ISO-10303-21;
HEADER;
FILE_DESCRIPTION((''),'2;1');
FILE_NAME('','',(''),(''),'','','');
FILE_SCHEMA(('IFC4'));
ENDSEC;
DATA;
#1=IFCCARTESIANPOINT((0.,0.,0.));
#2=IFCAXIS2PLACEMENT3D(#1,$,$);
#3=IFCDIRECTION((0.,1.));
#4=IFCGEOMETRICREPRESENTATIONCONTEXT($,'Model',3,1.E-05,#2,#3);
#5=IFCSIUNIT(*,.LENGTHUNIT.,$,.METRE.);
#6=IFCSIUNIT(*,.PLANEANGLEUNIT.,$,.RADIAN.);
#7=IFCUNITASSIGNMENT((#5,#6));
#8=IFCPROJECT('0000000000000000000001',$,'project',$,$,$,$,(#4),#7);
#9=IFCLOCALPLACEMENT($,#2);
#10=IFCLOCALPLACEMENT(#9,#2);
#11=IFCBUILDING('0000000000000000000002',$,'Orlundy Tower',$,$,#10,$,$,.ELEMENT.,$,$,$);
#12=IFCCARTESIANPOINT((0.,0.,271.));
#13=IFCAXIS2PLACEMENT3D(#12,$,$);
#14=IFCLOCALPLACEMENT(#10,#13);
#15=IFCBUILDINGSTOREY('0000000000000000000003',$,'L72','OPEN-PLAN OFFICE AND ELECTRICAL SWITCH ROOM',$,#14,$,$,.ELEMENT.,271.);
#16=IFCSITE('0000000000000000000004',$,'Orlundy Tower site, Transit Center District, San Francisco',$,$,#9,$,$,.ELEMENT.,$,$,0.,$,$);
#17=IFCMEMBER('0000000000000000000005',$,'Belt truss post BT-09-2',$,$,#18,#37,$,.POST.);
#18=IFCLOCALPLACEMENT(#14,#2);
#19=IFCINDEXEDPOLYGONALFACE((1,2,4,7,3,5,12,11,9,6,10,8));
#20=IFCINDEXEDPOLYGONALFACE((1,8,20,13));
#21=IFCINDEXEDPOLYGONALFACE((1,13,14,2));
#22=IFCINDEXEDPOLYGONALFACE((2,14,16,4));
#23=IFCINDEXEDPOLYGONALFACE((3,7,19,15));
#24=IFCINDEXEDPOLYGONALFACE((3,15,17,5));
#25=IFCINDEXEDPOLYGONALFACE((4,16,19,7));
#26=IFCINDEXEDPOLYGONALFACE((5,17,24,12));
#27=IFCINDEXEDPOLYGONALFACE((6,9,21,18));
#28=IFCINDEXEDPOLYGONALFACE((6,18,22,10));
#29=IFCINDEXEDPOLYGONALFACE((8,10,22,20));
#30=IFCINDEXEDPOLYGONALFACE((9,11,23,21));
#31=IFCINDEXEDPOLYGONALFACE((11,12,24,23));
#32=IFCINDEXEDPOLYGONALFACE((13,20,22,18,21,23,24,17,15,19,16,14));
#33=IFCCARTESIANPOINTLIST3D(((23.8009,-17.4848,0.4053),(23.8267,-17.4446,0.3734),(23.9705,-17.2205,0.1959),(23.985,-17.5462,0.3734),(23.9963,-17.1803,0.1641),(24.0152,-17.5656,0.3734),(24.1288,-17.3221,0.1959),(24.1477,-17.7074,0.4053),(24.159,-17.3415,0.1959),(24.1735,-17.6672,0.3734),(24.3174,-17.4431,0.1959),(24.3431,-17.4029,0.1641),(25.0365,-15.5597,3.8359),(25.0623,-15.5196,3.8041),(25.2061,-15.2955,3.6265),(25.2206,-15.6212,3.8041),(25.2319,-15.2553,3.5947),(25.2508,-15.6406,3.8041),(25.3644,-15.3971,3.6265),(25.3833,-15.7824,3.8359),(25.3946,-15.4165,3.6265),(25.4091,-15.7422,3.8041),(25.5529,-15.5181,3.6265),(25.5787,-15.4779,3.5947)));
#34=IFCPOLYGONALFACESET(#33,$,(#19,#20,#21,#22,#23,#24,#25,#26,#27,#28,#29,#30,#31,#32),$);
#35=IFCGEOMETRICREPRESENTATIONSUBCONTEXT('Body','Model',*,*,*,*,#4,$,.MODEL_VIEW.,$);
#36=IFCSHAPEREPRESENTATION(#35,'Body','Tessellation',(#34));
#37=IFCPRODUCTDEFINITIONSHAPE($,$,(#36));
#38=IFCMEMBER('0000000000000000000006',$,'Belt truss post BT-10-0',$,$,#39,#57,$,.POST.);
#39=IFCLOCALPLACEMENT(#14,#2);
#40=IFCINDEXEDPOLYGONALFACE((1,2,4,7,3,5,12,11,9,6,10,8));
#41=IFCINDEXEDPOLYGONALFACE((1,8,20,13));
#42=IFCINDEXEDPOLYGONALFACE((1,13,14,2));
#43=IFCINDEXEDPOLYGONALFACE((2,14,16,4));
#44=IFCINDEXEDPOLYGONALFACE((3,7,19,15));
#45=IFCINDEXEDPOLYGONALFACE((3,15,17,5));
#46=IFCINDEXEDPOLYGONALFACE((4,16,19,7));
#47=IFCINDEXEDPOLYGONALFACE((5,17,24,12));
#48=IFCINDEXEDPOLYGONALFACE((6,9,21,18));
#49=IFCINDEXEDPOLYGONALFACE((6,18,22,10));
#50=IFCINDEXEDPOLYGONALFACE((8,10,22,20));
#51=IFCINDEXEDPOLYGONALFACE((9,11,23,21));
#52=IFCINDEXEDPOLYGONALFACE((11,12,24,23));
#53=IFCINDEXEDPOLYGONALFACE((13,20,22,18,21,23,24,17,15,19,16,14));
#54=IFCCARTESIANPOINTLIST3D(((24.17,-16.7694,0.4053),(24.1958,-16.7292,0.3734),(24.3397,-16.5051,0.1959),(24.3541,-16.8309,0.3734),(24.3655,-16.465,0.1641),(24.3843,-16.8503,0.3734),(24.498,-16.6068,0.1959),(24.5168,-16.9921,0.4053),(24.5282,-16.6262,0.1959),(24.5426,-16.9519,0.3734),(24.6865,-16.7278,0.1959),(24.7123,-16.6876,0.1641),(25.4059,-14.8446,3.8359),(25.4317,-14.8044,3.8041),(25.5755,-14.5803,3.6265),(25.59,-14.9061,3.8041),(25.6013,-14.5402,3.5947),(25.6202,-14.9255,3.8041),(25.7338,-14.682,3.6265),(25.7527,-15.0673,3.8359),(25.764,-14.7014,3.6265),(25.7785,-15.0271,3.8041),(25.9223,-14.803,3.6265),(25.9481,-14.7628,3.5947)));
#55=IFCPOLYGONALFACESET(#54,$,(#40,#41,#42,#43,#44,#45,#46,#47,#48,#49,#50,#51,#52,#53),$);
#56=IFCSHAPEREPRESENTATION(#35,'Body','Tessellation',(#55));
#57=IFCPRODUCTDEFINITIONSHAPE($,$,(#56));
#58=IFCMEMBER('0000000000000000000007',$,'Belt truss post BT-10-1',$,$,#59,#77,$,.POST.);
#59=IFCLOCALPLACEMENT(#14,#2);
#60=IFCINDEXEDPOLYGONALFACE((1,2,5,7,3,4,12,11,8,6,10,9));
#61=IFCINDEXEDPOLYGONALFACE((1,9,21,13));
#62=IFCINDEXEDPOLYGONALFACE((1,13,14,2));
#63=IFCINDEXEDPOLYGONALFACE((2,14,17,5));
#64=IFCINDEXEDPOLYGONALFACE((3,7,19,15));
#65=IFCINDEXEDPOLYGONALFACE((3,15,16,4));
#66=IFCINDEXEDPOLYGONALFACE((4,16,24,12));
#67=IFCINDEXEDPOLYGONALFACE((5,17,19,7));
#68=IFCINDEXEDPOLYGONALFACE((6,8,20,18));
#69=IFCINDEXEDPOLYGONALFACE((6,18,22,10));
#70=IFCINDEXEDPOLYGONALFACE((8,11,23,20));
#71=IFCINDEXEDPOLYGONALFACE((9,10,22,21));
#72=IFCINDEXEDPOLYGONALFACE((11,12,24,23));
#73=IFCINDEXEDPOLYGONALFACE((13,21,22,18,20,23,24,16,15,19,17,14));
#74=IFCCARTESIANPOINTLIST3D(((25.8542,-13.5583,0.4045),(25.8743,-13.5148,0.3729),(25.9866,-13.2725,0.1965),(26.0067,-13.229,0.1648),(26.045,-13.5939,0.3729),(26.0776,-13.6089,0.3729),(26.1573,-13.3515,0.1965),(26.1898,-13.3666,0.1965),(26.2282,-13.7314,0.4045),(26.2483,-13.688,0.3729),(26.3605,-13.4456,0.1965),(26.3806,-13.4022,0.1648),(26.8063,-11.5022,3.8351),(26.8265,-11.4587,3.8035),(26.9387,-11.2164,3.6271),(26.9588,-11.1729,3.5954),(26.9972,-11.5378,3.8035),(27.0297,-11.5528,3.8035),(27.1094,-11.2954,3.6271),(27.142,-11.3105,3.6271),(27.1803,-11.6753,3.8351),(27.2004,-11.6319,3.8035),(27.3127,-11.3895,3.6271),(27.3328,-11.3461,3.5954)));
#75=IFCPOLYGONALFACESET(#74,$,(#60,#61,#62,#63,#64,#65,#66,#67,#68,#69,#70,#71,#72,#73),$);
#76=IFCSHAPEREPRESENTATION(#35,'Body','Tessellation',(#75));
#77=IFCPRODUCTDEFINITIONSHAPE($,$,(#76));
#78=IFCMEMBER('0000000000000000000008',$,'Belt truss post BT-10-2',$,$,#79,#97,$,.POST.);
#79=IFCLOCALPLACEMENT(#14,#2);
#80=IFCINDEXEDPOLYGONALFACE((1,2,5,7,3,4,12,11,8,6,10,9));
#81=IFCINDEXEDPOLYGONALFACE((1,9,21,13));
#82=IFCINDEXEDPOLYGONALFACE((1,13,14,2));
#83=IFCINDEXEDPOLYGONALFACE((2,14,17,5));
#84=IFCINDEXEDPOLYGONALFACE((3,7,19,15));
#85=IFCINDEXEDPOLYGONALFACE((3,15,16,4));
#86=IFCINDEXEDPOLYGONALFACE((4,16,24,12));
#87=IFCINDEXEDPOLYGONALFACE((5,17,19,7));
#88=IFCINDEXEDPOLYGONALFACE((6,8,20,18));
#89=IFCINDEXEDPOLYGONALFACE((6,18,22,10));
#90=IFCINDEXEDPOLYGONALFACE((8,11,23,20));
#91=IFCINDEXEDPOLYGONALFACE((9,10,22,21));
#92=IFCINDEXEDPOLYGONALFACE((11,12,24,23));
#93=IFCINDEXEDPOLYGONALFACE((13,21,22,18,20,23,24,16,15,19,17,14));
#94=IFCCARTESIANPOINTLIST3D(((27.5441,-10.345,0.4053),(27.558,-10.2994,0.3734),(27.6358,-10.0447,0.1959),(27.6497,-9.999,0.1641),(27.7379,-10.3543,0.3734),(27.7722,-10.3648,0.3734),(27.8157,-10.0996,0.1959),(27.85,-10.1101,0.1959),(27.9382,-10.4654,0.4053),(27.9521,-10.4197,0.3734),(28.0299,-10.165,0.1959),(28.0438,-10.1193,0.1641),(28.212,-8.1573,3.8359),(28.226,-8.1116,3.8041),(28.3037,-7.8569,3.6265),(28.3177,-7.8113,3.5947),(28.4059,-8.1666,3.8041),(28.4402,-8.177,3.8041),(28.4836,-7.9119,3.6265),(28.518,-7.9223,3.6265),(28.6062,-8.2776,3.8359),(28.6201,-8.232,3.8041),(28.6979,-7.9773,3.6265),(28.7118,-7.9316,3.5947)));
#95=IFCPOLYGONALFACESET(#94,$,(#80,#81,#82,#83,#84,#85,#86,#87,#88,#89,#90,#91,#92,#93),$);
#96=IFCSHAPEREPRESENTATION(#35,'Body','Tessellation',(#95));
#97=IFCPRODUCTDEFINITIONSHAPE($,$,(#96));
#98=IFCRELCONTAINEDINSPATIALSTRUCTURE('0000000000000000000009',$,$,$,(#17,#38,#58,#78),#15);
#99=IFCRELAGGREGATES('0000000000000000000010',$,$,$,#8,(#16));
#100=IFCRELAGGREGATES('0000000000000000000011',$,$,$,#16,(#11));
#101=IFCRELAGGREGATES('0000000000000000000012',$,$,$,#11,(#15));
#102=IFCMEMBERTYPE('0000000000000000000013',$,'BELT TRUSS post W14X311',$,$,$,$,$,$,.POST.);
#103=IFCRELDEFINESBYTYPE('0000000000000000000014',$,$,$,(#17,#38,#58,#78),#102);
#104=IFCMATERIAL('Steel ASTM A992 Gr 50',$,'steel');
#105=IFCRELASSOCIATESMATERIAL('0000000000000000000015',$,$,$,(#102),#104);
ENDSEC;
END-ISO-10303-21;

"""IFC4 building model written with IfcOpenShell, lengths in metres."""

from ifc_helpers import new_model, si_unit, direction, frame, origin, origin_2d, place, context, subcontext, project, spatial, i_section, extrude, material, material_profile, profile_set, type_object, element, save


model = new_model("IFC4")

# Units and contexts
model_context = context("Model", 3, precision=1e-05, world=origin(), true_north=direction((0.0, 1.0)))
body_context = subcontext(model_context, "Body", "Model", "MODEL_VIEW")
ifc_project = project(units=[si_unit("LENGTHUNIT", "METRE"), si_unit("PLANEANGLEUNIT", "RADIAN")], contexts=[model_context])

# Site, building, storey
site_placement = place(None, origin())
site = spatial("IfcSite", under=ifc_project, at=site_placement, Name="Orlundy Tower site, Transit Center District, San Francisco", CompositionType="ELEMENT", RefElevation=0.0)
building_placement = place(site_placement, origin())
building = spatial("IfcBuilding", under=site, at=building_placement, Name="Orlundy Tower", CompositionType="ELEMENT")
storey_placement = place(building_placement, frame((0.0, 0.0, 271.0)))
storey = spatial("IfcBuildingStorey", under=building, at=storey_placement, Name="L72", Description="OPEN-PLAN OFFICE AND ELECTRICAL SWITCH ROOM", CompositionType="ELEMENT", Elevation=271.0)

# Members
ifc_material_1 = material(Name="Steel ASTM A992 Gr 50", Category="steel")
ifc_material_profile_1 = material_profile(ifc_material_1, i_section(OverallWidth=0.4121, OverallDepth=0.4348, WebThickness=0.0359, FlangeThickness=0.0574, at=origin_2d()), Name="W14X311")
ifc_profile_set_1 = profile_set([ifc_material_profile_1], Name="Steel ASTM A992 Gr 50")
member_type_1 = type_object("IfcMemberType", Name="BELT TRUSS post W14X311", PredefinedType="POST", material=ifc_profile_set_1)
for number, where, z_axis, x_axis, name in (
    (1, (24.072, -17.4438, 0.2847), (0.299659, 0.466866, 0.83201), (-0.841563, 0.540159, 0.0), "Belt truss post BT-09-2"),
    (2, (24.4412, -16.7285, 0.2847), (0.299721, 0.466811, 0.832018), (-0.841484, 0.540283, 0.0), "Belt truss post BT-10-0"),
):
    element("IfcMember", number, at=place(storey_placement, frame(where, z_axis=z_axis, x_axis=x_axis)), inside=storey, type_object=member_type_1, Name=name, PredefinedType="POST", context=body_context, shape_type="SweptSolid", body=[
        extrude(i_section(OverallWidth=0.4121, OverallDepth=0.4348, WebThickness=0.0359, FlangeThickness=0.0574, at=origin_2d()), origin(), (0.0, 0.0, 1.0), 4.1233),
    ])
member_1_placement = place(storey_placement, frame((26.1174, -13.4802, 0.2847), z_axis=(0.231586, 0.500107, 0.834422), x_axis=(-0.907429, 0.420206, 0.0)))
element("IfcMember", 3, at=member_1_placement, inside=storey, type_object=member_type_1, Name="Belt truss post BT-10-1", PredefinedType="POST", context=body_context, shape_type="SweptSolid", body=[
    extrude(i_section(OverallWidth=0.4121, OverallDepth=0.4348, WebThickness=0.0359, FlangeThickness=0.0574, at=origin_2d()), origin(), (0.0, 0.0, 1.0), 4.1113),
])
member_2_placement = place(storey_placement, frame((27.7939, -10.2322, 0.2847), z_axis=(0.161997, 0.530577, 0.832013), x_axis=(-0.956414, 0.292015, 0.0)))
element("IfcMember", 4, at=member_2_placement, inside=storey, type_object=member_type_1, Name="Belt truss post BT-10-2", PredefinedType="POST", context=body_context, shape_type="SweptSolid", body=[
    extrude(i_section(OverallWidth=0.4121, OverallDepth=0.4348, WebThickness=0.0359, FlangeThickness=0.0574, at=origin_2d()), origin(), (0.0, 0.0, 1.0), 4.1233),
])

save(model, "model.ifc")
